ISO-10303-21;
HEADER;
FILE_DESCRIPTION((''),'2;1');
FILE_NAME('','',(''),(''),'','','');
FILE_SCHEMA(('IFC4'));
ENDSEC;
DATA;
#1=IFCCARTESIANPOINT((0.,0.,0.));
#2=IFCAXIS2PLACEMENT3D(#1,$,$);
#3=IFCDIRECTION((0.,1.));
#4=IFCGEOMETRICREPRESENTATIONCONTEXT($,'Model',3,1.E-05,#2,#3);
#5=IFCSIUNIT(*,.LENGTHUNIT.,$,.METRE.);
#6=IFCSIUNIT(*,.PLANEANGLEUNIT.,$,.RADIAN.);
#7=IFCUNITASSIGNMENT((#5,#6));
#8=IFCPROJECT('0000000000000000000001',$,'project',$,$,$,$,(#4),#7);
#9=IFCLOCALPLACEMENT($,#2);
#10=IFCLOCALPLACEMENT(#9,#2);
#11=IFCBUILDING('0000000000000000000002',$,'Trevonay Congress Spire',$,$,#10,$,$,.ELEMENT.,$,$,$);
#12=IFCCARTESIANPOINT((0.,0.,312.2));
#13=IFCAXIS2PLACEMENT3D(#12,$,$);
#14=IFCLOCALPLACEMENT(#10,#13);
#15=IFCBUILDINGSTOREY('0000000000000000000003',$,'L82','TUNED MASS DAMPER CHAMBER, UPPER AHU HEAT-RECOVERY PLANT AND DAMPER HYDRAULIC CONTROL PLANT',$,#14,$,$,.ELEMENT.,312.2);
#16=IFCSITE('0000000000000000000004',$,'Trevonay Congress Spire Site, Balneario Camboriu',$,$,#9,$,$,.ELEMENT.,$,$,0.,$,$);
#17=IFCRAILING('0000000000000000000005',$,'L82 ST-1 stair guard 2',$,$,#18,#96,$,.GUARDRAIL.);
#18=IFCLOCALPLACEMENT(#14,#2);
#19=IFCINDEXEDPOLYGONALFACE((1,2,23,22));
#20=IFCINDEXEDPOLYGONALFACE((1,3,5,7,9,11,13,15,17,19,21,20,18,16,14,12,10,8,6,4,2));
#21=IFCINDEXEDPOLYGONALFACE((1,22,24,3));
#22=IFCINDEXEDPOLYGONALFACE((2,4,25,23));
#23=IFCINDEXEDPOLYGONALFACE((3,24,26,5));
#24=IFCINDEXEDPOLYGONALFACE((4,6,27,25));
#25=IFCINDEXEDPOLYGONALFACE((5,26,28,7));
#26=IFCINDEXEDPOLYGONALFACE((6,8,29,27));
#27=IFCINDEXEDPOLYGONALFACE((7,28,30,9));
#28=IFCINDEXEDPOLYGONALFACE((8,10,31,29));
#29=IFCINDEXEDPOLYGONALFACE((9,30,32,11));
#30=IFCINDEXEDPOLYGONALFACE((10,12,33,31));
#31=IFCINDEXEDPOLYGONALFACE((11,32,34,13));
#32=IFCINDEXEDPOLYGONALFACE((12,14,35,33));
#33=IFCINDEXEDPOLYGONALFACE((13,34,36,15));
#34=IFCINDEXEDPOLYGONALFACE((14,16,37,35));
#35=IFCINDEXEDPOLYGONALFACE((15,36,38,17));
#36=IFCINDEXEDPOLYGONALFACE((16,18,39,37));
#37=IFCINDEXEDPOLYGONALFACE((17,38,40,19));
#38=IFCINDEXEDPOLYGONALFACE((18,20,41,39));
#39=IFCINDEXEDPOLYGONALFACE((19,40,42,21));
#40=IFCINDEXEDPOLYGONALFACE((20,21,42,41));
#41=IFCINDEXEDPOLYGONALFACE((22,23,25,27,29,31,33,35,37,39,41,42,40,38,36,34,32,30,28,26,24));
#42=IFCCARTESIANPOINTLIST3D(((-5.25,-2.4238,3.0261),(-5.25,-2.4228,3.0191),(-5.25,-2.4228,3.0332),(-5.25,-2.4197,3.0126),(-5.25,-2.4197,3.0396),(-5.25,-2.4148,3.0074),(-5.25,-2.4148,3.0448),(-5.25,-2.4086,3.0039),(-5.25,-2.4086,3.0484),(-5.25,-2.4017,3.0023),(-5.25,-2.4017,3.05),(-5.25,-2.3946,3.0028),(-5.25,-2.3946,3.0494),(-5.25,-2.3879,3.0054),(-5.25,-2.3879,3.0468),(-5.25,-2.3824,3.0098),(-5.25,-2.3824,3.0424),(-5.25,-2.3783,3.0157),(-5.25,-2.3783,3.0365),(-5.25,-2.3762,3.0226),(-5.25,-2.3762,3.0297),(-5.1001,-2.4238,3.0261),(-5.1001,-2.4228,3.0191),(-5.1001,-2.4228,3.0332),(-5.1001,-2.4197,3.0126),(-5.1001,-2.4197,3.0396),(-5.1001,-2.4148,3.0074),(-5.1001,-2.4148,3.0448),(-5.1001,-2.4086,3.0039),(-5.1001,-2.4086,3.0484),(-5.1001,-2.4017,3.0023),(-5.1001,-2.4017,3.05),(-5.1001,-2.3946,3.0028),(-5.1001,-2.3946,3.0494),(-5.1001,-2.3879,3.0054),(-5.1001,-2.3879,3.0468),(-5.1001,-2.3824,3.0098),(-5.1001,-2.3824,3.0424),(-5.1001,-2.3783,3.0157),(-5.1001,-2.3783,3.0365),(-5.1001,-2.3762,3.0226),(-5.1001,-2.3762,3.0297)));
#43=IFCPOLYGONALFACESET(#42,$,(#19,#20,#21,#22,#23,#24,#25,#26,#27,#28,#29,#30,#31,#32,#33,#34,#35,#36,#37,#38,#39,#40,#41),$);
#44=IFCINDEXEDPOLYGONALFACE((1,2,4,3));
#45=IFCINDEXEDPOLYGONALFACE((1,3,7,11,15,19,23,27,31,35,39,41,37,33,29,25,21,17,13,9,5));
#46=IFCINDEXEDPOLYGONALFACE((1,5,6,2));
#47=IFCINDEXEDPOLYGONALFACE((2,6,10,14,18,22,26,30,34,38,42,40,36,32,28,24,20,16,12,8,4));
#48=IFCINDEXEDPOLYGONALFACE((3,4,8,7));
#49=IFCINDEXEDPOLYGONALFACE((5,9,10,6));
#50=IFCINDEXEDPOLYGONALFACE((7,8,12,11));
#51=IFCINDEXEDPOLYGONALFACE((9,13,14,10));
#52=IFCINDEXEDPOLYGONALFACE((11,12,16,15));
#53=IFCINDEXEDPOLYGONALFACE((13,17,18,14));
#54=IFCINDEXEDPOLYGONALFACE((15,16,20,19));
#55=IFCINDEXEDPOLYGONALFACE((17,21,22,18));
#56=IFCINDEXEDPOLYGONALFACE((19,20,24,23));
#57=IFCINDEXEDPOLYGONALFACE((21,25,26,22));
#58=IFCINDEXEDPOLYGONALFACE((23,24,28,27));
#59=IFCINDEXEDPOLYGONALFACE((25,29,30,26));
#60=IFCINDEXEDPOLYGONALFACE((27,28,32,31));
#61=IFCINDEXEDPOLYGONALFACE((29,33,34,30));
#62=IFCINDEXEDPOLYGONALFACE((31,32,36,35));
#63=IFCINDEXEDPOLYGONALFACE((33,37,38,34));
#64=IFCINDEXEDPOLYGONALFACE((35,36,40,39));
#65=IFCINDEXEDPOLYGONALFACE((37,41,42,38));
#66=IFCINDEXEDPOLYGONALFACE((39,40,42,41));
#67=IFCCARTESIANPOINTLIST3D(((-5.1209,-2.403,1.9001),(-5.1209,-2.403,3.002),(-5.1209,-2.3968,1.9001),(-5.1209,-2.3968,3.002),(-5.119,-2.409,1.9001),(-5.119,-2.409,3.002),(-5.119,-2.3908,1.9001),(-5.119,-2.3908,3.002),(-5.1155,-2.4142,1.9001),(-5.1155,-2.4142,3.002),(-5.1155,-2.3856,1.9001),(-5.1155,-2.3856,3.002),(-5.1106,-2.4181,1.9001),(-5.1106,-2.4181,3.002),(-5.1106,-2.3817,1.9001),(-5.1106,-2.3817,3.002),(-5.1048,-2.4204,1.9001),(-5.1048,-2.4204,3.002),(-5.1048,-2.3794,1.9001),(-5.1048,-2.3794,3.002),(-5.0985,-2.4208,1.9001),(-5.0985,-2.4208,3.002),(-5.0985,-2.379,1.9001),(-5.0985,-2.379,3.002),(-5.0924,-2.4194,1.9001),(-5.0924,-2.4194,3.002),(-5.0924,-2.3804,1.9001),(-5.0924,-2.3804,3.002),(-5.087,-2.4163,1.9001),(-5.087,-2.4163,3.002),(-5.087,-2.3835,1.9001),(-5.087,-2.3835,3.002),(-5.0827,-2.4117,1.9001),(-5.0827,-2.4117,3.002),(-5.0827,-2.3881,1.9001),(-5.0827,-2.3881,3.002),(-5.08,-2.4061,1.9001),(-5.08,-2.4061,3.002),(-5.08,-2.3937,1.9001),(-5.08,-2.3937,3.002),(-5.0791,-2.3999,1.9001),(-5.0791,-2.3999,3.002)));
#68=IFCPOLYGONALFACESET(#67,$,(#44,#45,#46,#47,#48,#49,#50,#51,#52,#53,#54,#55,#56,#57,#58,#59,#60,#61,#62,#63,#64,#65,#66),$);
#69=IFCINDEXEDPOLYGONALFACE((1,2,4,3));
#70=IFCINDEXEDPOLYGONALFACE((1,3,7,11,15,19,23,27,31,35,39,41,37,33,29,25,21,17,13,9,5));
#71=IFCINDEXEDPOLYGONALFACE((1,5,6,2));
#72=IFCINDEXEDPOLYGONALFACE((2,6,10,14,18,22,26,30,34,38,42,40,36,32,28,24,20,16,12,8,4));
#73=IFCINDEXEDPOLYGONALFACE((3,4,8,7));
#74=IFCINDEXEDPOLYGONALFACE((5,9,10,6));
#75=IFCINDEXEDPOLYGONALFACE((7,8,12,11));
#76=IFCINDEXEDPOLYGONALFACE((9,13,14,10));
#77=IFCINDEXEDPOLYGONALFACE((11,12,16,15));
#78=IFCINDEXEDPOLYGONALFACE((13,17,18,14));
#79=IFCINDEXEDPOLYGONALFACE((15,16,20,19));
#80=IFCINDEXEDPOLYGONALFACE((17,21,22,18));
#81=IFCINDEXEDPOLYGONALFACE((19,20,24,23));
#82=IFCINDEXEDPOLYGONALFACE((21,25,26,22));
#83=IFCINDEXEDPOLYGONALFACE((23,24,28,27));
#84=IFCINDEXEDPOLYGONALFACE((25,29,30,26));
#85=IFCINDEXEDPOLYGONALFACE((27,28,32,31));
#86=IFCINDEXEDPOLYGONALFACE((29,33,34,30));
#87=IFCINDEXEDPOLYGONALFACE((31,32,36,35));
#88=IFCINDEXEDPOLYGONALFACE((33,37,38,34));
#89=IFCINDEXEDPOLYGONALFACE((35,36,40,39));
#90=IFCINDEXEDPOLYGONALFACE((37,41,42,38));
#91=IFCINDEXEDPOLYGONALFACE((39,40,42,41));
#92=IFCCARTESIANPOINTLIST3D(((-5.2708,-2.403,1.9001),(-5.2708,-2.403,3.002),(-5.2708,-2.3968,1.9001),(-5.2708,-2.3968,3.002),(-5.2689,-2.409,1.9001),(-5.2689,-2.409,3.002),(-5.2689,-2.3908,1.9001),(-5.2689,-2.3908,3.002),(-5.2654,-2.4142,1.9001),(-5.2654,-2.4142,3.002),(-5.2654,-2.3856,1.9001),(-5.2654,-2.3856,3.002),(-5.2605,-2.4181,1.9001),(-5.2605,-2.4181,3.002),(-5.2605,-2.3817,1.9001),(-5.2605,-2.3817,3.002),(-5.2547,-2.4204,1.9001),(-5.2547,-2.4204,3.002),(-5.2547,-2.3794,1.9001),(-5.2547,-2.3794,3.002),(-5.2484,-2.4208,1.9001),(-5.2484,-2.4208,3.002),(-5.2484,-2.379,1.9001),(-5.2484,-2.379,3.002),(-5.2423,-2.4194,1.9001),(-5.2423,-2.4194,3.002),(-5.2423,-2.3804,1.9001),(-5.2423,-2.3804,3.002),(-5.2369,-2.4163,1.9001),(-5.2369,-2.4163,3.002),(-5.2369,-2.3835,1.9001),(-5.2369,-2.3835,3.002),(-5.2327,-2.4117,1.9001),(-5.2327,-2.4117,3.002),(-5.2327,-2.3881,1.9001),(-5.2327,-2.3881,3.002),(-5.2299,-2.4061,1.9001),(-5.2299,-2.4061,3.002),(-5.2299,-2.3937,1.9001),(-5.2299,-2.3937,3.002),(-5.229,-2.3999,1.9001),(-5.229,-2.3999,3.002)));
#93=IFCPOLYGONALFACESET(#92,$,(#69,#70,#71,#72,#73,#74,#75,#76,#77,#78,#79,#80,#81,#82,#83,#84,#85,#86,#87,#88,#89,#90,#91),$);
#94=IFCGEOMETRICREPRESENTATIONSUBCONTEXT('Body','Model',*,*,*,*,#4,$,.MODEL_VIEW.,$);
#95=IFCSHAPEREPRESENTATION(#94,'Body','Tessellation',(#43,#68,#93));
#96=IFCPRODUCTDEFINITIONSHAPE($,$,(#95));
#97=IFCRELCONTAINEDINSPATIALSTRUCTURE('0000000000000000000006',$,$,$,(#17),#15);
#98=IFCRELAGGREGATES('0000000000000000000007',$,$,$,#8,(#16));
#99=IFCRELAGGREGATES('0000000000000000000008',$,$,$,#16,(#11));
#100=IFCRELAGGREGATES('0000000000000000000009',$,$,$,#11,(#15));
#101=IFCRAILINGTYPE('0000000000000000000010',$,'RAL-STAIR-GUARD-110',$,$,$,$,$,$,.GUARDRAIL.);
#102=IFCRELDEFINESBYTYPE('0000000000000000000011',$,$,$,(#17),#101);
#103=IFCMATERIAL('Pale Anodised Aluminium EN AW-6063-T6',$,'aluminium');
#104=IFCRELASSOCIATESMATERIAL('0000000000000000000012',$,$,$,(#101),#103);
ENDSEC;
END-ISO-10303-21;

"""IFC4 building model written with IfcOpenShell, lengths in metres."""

from ifc_helpers import new_model, si_unit, direction, frame, origin, origin_2d, place, context, subcontext, project, spatial, circle, extrude, material, type_object, element, save


model = new_model("IFC4")

# Units and contexts
model_context = context("Model", 3, precision=1e-05, world=origin(), true_north=direction((0.0, 1.0)))
body_context = subcontext(model_context, "Body", "Model", "MODEL_VIEW")
ifc_project = project(units=[si_unit("LENGTHUNIT", "METRE"), si_unit("PLANEANGLEUNIT", "RADIAN")], contexts=[model_context])

# Site, building, storey
site_placement = place(None, origin())
site = spatial("IfcSite", under=ifc_project, at=site_placement, Name="Trevonay Congress Spire Site, Balneario Camboriu", CompositionType="ELEMENT", RefElevation=0.0)
building_placement = place(site_placement, origin())
building = spatial("IfcBuilding", under=site, at=building_placement, Name="Trevonay Congress Spire", CompositionType="ELEMENT")
storey_placement = place(building_placement, frame((0.0, 0.0, 312.2)))
storey = spatial("IfcBuildingStorey", under=building, at=storey_placement, Name="L82", Description="TUNED MASS DAMPER CHAMBER, UPPER AHU HEAT-RECOVERY PLANT AND DAMPER HYDRAULIC CONTROL PLANT", CompositionType="ELEMENT", Elevation=312.2)

# Railing
ifc_material_1 = material(Name="Pale Anodised Aluminium EN AW-6063-T6", Category="aluminium")
railing_type_1 = type_object("IfcRailingType", Name="RAL-STAIR-GUARD-110", PredefinedType="GUARDRAIL", material=ifc_material_1)
railing_1_placement = place(storey_placement, frame((-5.1001, -2.3999, 1.9001)))
element("IfcRailing", 1, at=railing_1_placement, inside=storey, type_object=railing_type_1, Name="L82 ST-1 stair guard 2", PredefinedType="GUARDRAIL", context=body_context, shape_type="SweptSolid", body=[
    extrude(circle(Radius=0.0239, at=origin_2d()), frame((0.0, 0.0, 1.126), z_axis=(-1.0, 0.0, 0.0), x_axis=(0.0, -1.0, 0.0)), (0.0, 0.0, 1.0), 0.1499),
    extrude(circle(Radius=0.021, at=origin_2d()), origin(), (0.0, 0.0, 1.0), 1.1018),
    extrude(circle(Radius=0.021, at=origin_2d()), frame((-0.1499, 0.0, 0.0)), (0.0, 0.0, 1.0), 1.1018),
])

save(model, "model.ifc")
